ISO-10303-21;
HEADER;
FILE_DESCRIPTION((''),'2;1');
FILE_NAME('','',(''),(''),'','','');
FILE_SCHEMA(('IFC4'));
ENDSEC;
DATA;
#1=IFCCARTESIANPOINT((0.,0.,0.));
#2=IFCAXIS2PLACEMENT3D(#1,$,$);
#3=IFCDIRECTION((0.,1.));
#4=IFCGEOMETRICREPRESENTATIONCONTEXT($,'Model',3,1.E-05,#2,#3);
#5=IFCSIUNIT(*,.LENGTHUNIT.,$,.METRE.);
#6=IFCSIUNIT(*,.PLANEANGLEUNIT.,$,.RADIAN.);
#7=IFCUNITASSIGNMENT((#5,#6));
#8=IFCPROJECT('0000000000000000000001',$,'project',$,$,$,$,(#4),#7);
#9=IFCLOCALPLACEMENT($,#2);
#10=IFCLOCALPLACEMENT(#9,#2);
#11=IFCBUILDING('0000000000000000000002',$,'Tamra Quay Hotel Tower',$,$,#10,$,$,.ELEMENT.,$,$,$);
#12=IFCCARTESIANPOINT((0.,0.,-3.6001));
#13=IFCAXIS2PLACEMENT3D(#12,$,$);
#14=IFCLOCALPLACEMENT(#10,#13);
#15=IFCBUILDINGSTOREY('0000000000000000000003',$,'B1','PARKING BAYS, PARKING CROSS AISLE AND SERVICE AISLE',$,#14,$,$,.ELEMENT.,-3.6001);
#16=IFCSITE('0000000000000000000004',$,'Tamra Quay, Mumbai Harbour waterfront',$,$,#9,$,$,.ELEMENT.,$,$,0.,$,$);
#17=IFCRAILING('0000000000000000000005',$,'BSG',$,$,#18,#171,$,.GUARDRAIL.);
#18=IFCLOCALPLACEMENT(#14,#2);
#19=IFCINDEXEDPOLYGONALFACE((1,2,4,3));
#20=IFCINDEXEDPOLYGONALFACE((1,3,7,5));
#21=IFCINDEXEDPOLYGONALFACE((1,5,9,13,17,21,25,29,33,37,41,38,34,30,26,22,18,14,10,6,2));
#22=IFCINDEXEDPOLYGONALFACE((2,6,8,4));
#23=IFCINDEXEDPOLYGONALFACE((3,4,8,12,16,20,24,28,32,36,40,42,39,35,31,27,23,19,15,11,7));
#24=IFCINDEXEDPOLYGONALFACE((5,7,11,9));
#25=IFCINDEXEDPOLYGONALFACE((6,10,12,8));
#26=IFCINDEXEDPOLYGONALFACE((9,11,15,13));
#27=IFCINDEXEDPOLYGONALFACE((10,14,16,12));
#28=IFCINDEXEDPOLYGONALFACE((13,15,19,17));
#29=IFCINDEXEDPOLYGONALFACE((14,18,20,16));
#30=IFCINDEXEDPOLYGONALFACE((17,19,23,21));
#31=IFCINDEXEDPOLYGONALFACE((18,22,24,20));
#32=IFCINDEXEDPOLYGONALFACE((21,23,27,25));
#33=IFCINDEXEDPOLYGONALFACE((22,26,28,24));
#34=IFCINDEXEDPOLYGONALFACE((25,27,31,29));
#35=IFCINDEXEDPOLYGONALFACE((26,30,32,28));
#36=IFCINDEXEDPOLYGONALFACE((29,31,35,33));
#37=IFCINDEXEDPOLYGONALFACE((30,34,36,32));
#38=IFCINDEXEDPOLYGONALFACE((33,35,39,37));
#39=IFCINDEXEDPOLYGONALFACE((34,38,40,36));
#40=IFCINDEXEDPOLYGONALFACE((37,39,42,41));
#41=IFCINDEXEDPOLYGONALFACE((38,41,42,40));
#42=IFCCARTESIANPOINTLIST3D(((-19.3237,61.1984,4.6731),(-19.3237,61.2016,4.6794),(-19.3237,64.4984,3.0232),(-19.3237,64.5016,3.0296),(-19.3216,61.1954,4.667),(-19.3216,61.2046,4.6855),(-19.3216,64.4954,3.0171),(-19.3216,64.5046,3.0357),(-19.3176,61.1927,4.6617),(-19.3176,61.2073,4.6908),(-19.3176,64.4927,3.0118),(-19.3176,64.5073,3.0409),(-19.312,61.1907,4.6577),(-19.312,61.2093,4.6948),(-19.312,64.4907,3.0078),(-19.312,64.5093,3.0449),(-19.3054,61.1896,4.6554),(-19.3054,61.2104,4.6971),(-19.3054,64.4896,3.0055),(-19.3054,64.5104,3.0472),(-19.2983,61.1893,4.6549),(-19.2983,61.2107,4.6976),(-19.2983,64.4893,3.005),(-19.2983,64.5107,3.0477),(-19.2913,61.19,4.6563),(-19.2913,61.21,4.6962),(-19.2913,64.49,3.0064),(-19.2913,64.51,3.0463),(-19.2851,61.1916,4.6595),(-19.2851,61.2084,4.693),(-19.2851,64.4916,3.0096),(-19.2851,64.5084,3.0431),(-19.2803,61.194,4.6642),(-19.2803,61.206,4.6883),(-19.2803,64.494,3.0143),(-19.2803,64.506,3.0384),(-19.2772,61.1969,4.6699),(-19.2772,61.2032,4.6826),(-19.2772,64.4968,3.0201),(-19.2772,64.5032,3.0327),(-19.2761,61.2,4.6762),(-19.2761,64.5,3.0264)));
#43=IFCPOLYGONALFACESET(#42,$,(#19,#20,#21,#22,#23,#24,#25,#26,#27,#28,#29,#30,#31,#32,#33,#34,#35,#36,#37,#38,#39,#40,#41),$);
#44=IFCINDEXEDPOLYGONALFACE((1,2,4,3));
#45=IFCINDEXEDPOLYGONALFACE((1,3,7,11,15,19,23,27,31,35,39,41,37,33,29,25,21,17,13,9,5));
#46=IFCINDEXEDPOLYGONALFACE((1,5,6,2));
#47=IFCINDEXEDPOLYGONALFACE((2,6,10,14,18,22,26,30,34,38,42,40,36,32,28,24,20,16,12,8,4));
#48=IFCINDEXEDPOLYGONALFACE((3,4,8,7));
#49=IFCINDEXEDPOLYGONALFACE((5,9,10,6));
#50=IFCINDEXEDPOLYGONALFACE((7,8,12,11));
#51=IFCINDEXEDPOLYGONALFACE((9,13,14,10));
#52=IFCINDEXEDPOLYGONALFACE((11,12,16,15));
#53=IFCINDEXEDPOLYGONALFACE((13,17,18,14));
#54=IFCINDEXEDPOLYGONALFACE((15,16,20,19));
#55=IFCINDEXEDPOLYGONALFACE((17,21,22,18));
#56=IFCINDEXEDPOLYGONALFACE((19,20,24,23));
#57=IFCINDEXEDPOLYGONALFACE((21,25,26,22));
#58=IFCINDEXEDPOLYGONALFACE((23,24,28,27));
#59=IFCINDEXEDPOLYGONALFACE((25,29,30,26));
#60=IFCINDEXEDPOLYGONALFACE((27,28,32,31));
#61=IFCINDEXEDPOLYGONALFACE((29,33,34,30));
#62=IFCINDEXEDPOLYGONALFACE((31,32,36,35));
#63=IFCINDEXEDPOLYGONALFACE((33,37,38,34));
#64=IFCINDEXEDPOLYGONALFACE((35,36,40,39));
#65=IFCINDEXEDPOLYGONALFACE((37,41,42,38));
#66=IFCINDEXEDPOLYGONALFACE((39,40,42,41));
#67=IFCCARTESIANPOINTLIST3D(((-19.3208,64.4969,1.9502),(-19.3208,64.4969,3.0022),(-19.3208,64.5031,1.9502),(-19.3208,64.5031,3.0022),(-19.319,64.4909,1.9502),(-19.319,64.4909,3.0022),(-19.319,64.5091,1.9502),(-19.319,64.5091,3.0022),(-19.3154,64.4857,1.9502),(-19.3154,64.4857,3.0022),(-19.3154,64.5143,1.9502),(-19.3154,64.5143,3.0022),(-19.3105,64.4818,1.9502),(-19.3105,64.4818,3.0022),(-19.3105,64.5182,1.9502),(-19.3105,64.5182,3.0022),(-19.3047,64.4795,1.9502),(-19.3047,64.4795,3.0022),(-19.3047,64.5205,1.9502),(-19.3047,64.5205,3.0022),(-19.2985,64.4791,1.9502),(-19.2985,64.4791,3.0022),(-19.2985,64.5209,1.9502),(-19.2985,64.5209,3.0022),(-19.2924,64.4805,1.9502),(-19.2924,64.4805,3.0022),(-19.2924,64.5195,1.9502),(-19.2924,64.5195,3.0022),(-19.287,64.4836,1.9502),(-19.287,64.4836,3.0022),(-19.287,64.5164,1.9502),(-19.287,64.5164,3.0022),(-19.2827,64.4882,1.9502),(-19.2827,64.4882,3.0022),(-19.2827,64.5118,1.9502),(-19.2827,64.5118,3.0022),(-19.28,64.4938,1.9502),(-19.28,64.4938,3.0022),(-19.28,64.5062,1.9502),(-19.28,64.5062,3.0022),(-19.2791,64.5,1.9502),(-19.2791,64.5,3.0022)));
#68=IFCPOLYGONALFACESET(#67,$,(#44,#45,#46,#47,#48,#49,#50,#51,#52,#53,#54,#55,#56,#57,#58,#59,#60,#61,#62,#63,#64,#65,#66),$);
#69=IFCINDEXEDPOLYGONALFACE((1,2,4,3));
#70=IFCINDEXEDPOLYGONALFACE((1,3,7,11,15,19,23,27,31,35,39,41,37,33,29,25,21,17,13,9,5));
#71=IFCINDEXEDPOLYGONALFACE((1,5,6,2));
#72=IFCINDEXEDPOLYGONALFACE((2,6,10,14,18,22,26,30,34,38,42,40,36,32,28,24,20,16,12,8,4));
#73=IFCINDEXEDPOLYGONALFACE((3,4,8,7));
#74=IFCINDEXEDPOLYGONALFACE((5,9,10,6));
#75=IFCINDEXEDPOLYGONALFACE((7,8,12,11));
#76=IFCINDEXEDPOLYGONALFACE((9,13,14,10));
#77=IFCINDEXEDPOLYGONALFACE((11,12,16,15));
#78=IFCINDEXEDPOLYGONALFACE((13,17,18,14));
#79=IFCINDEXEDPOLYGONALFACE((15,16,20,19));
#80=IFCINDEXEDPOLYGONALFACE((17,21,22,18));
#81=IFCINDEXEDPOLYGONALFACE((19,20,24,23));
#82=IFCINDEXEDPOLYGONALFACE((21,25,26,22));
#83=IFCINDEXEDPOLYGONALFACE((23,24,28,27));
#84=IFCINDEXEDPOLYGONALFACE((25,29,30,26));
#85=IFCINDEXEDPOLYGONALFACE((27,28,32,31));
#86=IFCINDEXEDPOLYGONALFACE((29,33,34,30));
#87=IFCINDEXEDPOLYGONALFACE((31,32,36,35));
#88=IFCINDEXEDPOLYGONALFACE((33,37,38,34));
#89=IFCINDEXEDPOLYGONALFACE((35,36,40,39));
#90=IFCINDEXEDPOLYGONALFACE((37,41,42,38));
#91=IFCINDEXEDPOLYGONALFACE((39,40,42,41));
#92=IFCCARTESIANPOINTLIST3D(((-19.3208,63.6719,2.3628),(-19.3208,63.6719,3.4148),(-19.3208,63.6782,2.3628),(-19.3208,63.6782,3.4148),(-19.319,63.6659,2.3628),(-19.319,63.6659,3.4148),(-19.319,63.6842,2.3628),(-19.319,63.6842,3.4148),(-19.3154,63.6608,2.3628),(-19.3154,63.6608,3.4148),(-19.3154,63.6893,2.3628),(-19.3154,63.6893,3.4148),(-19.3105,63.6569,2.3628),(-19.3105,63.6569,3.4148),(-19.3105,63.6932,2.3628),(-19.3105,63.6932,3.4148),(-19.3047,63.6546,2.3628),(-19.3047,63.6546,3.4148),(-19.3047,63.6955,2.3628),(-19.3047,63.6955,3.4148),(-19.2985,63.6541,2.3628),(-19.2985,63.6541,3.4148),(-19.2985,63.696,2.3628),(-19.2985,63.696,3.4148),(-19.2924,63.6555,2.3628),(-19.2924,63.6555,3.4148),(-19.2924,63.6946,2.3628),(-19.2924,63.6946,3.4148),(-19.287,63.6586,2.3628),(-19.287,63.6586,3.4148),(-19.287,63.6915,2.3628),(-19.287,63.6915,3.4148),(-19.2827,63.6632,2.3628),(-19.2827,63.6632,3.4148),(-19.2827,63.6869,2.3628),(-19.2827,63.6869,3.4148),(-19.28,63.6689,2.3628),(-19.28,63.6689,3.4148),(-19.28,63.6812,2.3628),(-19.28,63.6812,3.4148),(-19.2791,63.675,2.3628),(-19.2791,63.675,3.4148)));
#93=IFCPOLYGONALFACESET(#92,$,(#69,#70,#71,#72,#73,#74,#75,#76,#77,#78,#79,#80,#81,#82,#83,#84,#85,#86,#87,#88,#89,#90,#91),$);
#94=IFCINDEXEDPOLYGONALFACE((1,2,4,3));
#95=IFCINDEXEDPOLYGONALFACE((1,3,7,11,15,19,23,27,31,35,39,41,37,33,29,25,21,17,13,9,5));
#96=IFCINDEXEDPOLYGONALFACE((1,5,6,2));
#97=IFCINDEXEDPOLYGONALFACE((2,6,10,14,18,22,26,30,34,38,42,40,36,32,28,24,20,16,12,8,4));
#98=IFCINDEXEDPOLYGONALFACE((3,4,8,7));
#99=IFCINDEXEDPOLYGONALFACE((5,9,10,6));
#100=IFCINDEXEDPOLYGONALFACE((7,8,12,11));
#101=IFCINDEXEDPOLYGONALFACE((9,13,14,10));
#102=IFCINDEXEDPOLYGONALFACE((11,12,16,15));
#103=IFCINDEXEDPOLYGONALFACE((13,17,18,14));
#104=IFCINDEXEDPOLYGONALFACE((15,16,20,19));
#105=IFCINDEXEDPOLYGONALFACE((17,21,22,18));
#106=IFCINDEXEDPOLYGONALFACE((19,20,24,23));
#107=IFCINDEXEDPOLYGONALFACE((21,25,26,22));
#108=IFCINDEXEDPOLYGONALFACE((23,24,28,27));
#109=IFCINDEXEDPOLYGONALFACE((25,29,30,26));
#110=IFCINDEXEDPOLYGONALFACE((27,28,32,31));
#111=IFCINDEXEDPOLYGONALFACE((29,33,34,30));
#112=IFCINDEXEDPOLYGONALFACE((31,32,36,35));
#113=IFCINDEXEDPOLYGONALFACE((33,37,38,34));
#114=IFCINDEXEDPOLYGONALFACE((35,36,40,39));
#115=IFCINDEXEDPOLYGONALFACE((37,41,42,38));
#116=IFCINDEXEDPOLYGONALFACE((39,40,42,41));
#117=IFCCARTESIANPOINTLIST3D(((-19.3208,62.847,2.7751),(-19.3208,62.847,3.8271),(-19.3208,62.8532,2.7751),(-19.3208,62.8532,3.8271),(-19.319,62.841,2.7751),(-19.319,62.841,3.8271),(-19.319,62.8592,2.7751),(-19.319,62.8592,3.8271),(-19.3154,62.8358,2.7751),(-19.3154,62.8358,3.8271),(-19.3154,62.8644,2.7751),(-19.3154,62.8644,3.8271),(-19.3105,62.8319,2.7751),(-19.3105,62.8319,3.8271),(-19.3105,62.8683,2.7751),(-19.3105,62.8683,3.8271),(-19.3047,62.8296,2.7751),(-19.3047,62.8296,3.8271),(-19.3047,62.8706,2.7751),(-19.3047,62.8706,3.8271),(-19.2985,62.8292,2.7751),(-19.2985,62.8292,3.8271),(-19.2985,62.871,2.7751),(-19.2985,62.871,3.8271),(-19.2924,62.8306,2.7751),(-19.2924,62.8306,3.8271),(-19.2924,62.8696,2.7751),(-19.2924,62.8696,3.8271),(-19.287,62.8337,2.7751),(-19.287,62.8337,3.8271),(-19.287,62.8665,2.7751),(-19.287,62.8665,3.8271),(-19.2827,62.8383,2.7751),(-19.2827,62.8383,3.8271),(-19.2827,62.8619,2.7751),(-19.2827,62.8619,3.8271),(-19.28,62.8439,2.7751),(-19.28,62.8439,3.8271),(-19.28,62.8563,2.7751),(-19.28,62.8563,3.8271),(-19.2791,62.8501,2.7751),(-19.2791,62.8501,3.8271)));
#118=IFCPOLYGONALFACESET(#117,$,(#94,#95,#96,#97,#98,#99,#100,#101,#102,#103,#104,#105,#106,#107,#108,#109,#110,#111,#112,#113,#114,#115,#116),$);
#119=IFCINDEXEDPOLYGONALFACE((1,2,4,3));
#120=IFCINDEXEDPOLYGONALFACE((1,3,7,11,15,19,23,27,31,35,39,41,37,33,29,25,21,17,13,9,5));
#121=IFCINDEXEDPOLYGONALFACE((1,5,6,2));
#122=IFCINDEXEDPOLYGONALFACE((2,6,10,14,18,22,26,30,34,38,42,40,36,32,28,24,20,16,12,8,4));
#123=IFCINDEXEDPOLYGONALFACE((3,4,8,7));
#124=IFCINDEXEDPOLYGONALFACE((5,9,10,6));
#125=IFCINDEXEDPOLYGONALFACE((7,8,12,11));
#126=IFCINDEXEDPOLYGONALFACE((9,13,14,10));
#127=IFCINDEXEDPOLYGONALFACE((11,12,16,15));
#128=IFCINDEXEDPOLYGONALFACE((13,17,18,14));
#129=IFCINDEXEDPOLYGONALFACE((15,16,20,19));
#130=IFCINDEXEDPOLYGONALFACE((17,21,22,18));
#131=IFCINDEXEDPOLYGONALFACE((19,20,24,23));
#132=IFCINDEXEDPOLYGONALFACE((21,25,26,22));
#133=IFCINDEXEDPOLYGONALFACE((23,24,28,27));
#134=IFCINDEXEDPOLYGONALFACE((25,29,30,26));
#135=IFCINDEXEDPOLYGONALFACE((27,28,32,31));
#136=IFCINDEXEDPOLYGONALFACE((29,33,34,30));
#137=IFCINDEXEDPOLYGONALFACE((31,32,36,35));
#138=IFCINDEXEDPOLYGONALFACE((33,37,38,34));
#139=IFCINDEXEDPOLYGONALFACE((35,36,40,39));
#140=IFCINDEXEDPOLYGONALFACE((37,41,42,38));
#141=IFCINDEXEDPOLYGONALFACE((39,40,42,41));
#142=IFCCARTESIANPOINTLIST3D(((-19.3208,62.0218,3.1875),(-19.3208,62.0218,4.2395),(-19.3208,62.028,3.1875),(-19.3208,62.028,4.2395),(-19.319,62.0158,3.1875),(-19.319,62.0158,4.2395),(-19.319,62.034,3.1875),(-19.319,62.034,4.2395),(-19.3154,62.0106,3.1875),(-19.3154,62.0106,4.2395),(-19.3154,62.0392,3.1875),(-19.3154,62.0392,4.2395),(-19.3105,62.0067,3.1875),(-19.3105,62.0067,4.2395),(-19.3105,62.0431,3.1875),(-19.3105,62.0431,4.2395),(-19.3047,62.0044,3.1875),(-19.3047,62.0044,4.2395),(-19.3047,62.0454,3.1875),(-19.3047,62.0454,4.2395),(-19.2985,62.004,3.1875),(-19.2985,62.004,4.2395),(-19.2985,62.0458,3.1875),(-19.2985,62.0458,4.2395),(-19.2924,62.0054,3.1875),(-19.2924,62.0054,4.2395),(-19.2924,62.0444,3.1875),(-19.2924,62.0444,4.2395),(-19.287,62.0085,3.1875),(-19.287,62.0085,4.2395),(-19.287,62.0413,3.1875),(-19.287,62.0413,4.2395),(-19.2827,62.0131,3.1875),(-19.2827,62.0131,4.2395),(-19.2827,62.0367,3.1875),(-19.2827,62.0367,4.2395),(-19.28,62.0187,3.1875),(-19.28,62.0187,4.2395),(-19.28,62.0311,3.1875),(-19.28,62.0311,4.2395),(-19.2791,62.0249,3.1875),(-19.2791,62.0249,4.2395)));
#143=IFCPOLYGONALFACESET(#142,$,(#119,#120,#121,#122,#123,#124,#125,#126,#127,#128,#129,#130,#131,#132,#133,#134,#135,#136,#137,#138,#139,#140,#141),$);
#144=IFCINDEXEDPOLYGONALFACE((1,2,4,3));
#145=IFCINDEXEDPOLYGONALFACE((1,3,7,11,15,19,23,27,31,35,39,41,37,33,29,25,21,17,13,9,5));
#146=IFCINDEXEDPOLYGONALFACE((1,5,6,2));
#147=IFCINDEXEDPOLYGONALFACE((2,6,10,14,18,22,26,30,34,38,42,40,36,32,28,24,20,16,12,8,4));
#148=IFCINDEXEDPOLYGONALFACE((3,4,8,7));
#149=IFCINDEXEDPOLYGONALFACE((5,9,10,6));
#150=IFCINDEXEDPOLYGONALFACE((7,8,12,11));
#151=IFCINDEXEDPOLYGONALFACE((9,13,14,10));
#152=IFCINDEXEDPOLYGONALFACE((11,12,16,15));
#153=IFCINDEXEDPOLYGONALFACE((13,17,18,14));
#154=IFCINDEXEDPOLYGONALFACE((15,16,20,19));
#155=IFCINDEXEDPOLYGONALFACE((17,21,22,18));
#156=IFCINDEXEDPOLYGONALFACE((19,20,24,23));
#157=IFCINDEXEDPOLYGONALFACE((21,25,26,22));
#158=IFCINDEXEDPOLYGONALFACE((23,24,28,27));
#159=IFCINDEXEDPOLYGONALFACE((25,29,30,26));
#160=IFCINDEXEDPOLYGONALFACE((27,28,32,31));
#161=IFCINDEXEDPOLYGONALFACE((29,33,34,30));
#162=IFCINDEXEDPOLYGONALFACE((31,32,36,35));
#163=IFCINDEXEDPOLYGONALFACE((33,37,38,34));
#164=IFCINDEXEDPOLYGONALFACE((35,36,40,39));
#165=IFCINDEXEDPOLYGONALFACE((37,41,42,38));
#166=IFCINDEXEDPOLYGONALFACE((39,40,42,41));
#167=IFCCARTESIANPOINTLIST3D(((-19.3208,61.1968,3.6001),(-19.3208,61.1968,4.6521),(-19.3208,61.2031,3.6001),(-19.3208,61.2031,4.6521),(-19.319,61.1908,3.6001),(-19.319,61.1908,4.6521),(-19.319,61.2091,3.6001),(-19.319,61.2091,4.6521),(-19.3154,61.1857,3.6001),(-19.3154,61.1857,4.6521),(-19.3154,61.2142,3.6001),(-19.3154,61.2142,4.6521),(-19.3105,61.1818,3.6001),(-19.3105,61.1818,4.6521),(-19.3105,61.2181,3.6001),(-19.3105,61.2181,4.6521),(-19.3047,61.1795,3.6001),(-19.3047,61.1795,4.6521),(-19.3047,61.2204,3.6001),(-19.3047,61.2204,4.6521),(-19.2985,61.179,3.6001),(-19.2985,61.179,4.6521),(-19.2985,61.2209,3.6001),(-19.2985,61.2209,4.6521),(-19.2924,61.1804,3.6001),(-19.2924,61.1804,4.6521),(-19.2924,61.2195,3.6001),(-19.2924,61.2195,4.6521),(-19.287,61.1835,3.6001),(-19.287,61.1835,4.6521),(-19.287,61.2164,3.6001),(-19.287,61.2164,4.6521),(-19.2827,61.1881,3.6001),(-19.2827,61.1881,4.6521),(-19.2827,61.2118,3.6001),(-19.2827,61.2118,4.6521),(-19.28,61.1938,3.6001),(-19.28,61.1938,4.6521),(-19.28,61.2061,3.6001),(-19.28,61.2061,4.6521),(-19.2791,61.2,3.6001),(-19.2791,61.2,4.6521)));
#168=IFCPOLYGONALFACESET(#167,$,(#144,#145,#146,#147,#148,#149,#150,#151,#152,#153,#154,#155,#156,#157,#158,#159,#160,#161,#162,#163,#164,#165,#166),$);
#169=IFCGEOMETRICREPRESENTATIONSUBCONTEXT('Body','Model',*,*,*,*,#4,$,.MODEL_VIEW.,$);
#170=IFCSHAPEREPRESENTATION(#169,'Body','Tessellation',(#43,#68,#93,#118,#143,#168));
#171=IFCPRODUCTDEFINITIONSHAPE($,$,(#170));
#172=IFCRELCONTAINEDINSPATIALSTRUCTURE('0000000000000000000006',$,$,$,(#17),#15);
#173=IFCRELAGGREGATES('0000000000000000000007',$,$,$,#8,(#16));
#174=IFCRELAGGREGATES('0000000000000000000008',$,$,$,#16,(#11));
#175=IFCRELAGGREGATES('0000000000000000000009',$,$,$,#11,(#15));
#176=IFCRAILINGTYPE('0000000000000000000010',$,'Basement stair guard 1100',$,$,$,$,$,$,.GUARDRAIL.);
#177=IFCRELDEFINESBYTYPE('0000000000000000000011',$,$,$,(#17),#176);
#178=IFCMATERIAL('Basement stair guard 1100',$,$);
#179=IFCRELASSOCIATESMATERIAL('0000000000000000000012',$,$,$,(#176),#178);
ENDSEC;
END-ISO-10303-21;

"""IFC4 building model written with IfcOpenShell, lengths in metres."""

from ifc_helpers import new_model, si_unit, direction, frame, origin, origin_2d, place, context, subcontext, project, spatial, circle, extrude, material, type_object, element, save


model = new_model("IFC4")

# Units and contexts
model_context = context("Model", 3, precision=1e-05, world=origin(), true_north=direction((0.0, 1.0)))
body_context = subcontext(model_context, "Body", "Model", "MODEL_VIEW")
ifc_project = project(units=[si_unit("LENGTHUNIT", "METRE"), si_unit("PLANEANGLEUNIT", "RADIAN")], contexts=[model_context])

# Site, building, storey
site_placement = place(None, origin())
site = spatial("IfcSite", under=ifc_project, at=site_placement, Name="Tamra Quay, Mumbai Harbour waterfront", CompositionType="ELEMENT", RefElevation=0.0)
building_placement = place(site_placement, origin())
building = spatial("IfcBuilding", under=site, at=building_placement, Name="Tamra Quay Hotel Tower", CompositionType="ELEMENT")
storey_placement = place(building_placement, frame((0.0, 0.0, -3.6001)))
storey = spatial("IfcBuildingStorey", under=building, at=storey_placement, Name="B1", Description="PARKING BAYS, PARKING CROSS AISLE AND SERVICE AISLE", CompositionType="ELEMENT", Elevation=-3.6001)

# Railing
ifc_material_1 = material(Name="Basement stair guard 1100")
railing_type_1 = type_object("IfcRailingType", Name="Basement stair guard 1100", PredefinedType="GUARDRAIL", material=ifc_material_1)
railing_1_placement = place(storey_placement, frame((-19.3, 64.5, 1.9502)))
element("IfcRailing", 1, at=railing_1_placement, inside=storey, type_object=railing_type_1, Name="BSG", PredefinedType="GUARDRAIL", context=body_context, shape_type="SweptSolid", body=[
    extrude(circle(Radius=0.0239, at=origin_2d()), frame((0.0, 0.0, 1.0762), z_axis=(0.0, -0.89444, 0.447187), x_axis=(1.0, 0.0, 0.0)), (0.0, 0.0, 1.0), 3.6895),
    extrude(circle(Radius=0.021, at=origin_2d()), origin(), (0.0, 0.0, 1.0), 1.052),
    extrude(circle(Radius=0.021, at=origin_2d()), frame((0.0, -0.825, 0.4126)), (0.0, 0.0, 1.0), 1.052),
    extrude(circle(Radius=0.021, at=origin_2d()), frame((0.0, -1.6499, 0.825)), (0.0, 0.0, 1.0), 1.052),
    extrude(circle(Radius=0.021, at=origin_2d()), frame((0.0, -2.4751, 1.2373)), (0.0, 0.0, 1.0), 1.052),
    extrude(circle(Radius=0.021, at=origin_2d()), frame((0.0, -3.3, 1.6499)), (0.0, 0.0, 1.0), 1.052),
])

save(model, "model.ifc")
